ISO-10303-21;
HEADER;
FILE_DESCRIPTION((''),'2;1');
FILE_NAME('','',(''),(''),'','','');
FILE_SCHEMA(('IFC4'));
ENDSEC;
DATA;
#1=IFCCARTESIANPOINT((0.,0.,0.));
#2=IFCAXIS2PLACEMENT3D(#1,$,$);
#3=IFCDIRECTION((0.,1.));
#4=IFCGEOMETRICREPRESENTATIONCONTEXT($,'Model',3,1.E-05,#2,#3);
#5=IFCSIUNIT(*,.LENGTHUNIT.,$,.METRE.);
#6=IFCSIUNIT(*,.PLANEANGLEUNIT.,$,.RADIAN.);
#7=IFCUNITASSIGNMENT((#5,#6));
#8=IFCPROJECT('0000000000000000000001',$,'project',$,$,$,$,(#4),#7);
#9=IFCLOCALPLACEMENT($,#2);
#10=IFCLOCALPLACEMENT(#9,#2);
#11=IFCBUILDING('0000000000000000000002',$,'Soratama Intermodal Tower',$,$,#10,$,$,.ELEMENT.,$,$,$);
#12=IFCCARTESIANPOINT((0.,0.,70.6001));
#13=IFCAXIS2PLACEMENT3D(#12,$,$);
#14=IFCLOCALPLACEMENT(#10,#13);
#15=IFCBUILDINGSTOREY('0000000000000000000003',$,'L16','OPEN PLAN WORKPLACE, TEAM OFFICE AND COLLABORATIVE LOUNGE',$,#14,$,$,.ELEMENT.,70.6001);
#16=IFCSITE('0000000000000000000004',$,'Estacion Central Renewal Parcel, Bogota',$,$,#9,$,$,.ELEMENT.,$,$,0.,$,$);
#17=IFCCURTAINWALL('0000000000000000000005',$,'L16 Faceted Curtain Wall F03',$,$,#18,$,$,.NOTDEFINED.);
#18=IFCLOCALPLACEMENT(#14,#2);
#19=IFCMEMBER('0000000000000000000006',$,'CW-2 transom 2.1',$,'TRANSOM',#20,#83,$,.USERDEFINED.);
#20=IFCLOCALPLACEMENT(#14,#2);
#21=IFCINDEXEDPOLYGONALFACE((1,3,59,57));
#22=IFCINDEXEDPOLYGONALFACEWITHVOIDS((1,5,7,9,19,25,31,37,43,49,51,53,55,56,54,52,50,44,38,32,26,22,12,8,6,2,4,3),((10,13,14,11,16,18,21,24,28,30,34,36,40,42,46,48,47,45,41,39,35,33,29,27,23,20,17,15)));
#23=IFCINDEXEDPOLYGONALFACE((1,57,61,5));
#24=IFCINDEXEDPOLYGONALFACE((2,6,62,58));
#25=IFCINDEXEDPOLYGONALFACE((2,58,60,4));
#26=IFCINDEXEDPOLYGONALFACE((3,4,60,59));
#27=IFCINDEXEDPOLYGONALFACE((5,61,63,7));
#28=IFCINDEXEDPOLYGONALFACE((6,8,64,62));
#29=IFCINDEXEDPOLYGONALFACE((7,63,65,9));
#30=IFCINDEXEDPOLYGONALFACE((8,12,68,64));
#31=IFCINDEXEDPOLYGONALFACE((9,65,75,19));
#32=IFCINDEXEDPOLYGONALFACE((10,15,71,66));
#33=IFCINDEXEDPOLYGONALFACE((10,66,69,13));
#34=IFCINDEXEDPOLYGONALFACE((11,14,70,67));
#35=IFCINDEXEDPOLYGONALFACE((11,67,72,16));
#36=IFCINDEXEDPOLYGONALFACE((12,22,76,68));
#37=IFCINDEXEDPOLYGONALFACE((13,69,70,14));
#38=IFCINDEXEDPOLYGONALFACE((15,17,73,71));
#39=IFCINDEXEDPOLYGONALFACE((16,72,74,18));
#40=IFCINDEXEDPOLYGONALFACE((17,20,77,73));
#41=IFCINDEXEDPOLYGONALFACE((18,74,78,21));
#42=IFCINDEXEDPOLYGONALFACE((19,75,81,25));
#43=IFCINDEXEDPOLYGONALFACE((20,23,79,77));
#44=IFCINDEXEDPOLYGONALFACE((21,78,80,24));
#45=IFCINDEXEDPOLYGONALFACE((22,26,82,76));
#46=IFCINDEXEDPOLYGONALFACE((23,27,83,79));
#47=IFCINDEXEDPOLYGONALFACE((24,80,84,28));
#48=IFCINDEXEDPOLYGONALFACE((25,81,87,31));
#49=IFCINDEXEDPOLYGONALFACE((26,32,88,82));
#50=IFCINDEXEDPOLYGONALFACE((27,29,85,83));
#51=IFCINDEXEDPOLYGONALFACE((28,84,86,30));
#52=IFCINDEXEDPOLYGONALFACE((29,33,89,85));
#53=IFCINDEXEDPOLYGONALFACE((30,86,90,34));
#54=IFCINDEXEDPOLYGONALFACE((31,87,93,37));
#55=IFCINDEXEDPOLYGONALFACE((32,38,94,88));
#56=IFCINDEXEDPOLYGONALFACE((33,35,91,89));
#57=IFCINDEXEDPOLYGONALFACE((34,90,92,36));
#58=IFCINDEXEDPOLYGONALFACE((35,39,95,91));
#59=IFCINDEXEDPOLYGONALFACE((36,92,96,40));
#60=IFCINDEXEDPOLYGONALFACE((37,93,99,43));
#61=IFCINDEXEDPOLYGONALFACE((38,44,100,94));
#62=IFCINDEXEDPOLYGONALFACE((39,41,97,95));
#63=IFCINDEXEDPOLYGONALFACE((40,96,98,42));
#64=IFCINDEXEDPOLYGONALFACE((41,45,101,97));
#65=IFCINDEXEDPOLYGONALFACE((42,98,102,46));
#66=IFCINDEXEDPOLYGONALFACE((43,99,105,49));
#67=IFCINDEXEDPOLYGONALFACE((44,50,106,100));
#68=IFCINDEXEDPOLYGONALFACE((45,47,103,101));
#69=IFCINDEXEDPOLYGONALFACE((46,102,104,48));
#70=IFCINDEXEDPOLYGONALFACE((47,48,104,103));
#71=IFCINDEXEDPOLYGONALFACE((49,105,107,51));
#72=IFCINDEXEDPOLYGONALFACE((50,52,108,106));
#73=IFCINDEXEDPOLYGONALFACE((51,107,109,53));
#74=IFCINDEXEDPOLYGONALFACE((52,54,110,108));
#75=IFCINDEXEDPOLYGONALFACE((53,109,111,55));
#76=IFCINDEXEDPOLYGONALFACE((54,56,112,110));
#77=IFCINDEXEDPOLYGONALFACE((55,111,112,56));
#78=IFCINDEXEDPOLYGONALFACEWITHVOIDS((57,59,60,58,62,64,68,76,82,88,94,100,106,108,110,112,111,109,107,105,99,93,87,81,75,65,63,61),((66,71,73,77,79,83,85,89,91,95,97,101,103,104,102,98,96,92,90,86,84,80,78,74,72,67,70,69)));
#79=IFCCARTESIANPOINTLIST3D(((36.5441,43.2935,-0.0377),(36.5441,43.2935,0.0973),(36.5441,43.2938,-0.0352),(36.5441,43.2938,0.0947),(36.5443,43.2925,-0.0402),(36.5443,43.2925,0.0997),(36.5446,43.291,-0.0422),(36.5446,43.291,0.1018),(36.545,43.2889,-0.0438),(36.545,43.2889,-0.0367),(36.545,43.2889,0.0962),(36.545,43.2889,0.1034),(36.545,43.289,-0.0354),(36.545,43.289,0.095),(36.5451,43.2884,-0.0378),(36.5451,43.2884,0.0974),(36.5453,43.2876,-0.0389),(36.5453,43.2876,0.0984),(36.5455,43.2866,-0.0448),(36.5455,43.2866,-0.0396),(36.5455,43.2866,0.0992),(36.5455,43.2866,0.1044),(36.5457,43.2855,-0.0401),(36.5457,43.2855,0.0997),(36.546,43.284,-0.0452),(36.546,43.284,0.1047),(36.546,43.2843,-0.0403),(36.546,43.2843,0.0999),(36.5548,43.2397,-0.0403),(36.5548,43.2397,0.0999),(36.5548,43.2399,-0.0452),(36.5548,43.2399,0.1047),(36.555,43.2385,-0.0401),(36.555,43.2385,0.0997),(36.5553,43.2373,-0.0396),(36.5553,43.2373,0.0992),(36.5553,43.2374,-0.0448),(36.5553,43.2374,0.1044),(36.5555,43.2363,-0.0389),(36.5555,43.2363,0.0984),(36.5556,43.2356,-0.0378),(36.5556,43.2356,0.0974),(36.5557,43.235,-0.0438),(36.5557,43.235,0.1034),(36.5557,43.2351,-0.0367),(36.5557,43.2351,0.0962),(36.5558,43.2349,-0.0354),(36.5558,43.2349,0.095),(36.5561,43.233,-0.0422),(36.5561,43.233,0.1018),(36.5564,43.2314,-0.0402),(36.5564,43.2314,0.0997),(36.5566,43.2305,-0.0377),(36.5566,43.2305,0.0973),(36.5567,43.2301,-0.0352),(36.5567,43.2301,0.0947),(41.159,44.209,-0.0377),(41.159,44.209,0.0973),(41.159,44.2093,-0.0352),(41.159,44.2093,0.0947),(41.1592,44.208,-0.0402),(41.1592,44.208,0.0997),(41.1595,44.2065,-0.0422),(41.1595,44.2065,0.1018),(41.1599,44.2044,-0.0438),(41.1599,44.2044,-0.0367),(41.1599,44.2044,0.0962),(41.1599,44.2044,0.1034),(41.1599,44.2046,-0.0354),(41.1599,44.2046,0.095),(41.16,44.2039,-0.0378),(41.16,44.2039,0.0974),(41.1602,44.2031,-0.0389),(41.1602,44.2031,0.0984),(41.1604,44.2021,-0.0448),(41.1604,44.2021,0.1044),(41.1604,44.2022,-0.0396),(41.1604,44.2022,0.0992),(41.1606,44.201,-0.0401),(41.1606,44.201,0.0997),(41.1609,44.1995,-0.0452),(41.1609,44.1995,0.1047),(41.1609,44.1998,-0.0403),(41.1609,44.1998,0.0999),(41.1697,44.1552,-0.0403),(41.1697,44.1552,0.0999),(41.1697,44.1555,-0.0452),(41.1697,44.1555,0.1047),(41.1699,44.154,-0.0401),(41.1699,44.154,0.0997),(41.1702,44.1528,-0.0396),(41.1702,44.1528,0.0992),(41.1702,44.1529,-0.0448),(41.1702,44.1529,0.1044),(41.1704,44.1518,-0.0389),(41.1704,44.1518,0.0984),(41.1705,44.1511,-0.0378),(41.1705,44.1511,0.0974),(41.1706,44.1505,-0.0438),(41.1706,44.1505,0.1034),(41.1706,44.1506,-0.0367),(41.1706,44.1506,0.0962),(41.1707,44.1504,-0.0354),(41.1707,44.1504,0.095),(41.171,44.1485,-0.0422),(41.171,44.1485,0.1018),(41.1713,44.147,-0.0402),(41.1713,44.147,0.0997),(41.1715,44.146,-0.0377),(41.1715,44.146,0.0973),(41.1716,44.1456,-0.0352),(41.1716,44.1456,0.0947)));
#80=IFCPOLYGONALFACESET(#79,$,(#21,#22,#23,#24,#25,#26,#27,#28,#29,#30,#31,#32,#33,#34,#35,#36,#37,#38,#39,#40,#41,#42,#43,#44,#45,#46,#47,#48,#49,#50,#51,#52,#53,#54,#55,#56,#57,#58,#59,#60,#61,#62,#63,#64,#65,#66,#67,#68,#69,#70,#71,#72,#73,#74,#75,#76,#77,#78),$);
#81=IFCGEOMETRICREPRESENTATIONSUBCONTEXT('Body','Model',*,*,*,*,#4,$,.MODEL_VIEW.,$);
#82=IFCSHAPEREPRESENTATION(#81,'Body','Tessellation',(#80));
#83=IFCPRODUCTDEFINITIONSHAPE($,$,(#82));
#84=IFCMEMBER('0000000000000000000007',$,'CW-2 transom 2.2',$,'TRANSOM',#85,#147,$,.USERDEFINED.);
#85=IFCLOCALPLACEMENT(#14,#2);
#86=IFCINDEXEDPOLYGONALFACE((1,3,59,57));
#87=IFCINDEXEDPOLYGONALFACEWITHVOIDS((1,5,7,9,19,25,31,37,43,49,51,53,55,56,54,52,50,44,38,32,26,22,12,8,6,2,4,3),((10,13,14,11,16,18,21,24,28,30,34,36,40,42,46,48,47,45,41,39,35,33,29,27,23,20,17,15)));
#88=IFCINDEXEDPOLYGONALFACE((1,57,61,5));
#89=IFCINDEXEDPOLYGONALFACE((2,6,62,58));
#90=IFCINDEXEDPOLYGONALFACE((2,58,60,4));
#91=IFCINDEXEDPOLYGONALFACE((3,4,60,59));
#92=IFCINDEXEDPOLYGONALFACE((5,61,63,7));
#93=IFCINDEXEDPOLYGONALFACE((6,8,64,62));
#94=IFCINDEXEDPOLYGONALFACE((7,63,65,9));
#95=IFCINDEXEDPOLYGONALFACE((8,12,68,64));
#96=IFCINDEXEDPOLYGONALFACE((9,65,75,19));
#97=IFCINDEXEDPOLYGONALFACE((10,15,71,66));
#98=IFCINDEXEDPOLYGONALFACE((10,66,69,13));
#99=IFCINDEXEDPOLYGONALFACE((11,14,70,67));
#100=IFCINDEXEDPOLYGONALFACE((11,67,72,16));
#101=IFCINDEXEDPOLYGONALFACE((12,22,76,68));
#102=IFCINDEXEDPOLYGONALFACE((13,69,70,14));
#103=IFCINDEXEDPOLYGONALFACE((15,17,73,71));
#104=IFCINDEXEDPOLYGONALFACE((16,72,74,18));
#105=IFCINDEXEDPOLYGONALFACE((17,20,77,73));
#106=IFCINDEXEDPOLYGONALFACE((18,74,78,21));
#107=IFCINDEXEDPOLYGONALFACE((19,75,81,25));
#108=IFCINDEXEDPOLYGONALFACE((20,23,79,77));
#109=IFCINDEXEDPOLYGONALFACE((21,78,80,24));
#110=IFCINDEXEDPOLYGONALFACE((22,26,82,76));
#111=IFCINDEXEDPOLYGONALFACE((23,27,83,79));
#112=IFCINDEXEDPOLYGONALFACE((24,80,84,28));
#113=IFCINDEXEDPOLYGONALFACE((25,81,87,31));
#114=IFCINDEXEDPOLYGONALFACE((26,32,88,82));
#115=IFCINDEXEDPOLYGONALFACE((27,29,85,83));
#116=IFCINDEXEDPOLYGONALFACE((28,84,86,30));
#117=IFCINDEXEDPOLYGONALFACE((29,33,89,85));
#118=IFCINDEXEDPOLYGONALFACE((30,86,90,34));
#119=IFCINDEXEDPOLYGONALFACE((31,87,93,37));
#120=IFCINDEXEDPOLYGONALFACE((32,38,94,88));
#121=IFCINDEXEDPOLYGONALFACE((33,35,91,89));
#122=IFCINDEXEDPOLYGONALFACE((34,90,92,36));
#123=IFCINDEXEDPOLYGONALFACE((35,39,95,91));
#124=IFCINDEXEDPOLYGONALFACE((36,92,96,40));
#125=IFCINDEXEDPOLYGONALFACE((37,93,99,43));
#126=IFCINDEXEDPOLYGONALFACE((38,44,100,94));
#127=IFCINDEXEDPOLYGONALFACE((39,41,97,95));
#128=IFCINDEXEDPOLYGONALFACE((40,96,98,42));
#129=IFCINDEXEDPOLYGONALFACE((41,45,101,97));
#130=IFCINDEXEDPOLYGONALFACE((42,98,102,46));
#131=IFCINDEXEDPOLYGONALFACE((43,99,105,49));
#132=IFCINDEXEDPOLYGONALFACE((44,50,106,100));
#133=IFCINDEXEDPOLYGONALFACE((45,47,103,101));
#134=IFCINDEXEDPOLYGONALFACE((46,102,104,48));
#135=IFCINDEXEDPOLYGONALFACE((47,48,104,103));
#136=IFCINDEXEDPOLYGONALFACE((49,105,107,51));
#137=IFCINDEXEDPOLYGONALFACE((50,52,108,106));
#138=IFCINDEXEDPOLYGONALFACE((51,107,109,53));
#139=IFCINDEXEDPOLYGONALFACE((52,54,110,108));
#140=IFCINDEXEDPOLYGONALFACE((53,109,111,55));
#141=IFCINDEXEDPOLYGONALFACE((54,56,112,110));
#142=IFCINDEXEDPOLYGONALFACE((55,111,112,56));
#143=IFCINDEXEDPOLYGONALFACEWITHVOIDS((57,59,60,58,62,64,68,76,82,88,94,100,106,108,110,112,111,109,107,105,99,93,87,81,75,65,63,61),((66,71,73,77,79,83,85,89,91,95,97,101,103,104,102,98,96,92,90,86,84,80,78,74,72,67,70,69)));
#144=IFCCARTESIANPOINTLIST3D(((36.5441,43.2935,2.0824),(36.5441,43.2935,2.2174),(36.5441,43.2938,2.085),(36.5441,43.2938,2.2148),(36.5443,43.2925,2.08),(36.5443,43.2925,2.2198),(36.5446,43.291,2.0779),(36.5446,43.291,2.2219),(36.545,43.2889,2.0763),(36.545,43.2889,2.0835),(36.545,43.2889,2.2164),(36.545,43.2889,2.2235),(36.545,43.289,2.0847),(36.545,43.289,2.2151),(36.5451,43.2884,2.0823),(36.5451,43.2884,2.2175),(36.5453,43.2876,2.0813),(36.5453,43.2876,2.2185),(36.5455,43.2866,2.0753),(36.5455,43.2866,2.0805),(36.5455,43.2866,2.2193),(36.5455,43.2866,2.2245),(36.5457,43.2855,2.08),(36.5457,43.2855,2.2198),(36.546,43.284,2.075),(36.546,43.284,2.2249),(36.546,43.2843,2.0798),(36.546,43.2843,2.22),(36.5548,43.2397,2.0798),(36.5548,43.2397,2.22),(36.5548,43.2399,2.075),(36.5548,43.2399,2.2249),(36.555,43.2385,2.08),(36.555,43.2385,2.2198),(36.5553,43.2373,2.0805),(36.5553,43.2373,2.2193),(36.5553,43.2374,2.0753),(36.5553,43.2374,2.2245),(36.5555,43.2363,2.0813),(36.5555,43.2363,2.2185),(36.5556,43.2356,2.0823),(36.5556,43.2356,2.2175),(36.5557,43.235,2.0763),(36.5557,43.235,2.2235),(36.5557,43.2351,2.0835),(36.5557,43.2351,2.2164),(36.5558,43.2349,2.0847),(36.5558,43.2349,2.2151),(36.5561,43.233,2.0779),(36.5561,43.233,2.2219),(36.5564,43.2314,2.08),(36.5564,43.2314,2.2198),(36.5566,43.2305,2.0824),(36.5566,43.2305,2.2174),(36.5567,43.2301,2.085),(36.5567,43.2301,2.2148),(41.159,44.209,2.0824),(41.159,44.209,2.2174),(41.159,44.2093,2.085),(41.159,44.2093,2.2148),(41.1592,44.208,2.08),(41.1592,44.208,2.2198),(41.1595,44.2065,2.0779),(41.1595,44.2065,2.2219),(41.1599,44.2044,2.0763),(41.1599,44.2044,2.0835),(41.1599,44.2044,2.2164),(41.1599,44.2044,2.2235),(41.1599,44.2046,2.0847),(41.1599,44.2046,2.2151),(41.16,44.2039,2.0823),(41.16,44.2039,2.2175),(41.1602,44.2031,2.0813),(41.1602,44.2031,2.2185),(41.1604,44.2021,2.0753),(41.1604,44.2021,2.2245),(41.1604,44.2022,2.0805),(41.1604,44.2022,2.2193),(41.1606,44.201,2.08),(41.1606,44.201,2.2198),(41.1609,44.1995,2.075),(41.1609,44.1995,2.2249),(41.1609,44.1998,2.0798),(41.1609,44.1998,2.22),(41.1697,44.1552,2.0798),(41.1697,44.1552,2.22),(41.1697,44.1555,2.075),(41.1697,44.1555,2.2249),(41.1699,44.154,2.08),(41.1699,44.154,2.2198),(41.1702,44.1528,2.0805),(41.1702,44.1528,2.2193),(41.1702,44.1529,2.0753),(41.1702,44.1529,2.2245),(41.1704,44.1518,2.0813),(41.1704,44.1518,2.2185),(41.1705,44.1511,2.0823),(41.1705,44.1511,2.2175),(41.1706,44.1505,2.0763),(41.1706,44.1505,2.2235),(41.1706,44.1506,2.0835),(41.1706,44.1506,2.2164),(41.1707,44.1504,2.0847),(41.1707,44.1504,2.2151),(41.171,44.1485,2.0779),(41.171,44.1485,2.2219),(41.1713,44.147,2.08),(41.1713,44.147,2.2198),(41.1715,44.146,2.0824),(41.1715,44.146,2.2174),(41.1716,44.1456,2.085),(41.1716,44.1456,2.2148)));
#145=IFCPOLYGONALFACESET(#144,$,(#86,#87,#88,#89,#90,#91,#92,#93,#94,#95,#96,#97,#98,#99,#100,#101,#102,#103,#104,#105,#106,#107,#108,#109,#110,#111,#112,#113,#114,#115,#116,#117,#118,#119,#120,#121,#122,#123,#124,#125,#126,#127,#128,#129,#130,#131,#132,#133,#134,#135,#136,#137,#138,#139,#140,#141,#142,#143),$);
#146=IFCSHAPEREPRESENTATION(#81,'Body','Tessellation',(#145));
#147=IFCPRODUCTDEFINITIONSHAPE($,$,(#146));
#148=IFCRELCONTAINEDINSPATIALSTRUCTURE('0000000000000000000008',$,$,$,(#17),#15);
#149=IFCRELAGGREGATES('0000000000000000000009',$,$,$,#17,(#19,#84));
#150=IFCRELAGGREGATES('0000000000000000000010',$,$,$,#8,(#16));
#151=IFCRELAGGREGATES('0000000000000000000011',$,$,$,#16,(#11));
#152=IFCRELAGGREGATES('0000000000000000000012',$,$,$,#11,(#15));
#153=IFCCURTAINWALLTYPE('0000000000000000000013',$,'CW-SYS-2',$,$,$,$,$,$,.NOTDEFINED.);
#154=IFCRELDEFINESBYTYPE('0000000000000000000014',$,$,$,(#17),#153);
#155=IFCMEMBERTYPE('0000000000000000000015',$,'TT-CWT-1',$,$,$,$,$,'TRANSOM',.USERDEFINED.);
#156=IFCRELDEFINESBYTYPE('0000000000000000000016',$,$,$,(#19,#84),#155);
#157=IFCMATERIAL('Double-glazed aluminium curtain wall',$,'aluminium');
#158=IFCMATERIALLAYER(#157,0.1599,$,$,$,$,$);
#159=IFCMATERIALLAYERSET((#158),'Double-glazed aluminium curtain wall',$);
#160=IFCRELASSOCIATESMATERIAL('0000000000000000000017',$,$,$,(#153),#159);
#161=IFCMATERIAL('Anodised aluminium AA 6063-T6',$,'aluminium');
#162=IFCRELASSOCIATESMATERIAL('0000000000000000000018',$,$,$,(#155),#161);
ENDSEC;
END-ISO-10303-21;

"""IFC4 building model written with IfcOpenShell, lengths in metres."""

from ifc_helpers import new_model, si_unit, direction, frame, origin, origin_2d, place, context, subcontext, project, spatial, hollow_rectangle, extrude, material, layer, layer_set, material_profile, profile_set, type_object, element, aggregate, save


model = new_model("IFC4")

# Units and contexts
model_context = context("Model", 3, precision=1e-05, world=origin(), true_north=direction((0.0, 1.0)))
body_context = subcontext(model_context, "Body", "Model", "MODEL_VIEW")
ifc_project = project(units=[si_unit("LENGTHUNIT", "METRE"), si_unit("PLANEANGLEUNIT", "RADIAN")], contexts=[model_context])

# Site, building, storey
site_placement = place(None, origin())
site = spatial("IfcSite", under=ifc_project, at=site_placement, Name="Estacion Central Renewal Parcel, Bogota", CompositionType="ELEMENT", RefElevation=0.0)
building_placement = place(site_placement, origin())
building = spatial("IfcBuilding", under=site, at=building_placement, Name="Soratama Intermodal Tower", CompositionType="ELEMENT")
storey_placement = place(building_placement, frame((0.0, 0.0, 70.6001)))
storey = spatial("IfcBuildingStorey", under=building, at=storey_placement, Name="L16", Description="OPEN PLAN WORKPLACE, TEAM OFFICE AND COLLABORATIVE LOUNGE", CompositionType="ELEMENT", Elevation=70.6001)

# Shared definitions
ifc_material_1 = material(Name="Double-glazed aluminium curtain wall", Category="aluminium")
ifc_layer_1 = layer(ifc_material_1, 0.1599)
ifc_layer_set_1 = layer_set([ifc_layer_1], Name="Double-glazed aluminium curtain wall")
curtain_wall_type = type_object("IfcCurtainWallType", Name="CW-SYS-2", PredefinedType="NOTDEFINED", material=ifc_layer_set_1)

# Curtain wall, members
curtain_wall_1_placement = place(storey_placement, origin())
curtain_wall_1 = element("IfcCurtainWall", 1, at=curtain_wall_1_placement, inside=storey, type_object=curtain_wall_type, Name="L16 Faceted Curtain Wall F03", PredefinedType="NOTDEFINED")
ifc_material_2 = material(Name="Anodised aluminium AA 6063-T6", Category="aluminium")
ifc_material_profile_1 = material_profile(ifc_material_2, hollow_rectangle(XDim=0.0649, YDim=0.1499, WallThickness=0.0049, InnerFilletRadius=0.0049, OuterFilletRadius=0.01, at=origin_2d()), Name="CWT150X65X5")
ifc_profile_set_1 = profile_set([ifc_material_profile_1], Name="Anodised aluminium AA 6063-T6")
member_type_1 = type_object("IfcMemberType", Name="TT-CWT-1", ElementType="TRANSOM", PredefinedType="USERDEFINED", material=ifc_profile_set_1)
member_1_placement = place(storey_placement, frame((41.1653, 44.1775, 0.0298), z_axis=(-0.980885, -0.194589, 0.0), x_axis=(0.194589, -0.980885, 0.0)))
member_1 = element("IfcMember", 2, at=member_1_placement, type_object=member_type_1, Name="CW-2 transom 2.1", ObjectType="TRANSOM", PredefinedType="USERDEFINED", context=body_context, shape_type="SweptSolid", body=[
    extrude(hollow_rectangle(XDim=0.0649, YDim=0.1499, WallThickness=0.0049, InnerFilletRadius=0.0049, OuterFilletRadius=0.01, at=origin_2d()), origin(), (0.0, 0.0, 1.0), 4.7048),
])
member_2_placement = place(storey_placement, frame((41.1653, 44.1775, 2.1499), z_axis=(-0.980885, -0.194589, 0.0), x_axis=(0.194589, -0.980885, 0.0)))
member_2 = element("IfcMember", 3, at=member_2_placement, type_object=member_type_1, Name="CW-2 transom 2.2", ObjectType="TRANSOM", PredefinedType="USERDEFINED", context=body_context, shape_type="SweptSolid", body=[
    extrude(hollow_rectangle(XDim=0.0649, YDim=0.1499, WallThickness=0.0049, InnerFilletRadius=0.0049, OuterFilletRadius=0.01, at=origin_2d()), origin(), (0.0, 0.0, 1.0), 4.7048),
])

aggregate(curtain_wall_1, [member_1, member_2])

save(model, "model.ifc")
